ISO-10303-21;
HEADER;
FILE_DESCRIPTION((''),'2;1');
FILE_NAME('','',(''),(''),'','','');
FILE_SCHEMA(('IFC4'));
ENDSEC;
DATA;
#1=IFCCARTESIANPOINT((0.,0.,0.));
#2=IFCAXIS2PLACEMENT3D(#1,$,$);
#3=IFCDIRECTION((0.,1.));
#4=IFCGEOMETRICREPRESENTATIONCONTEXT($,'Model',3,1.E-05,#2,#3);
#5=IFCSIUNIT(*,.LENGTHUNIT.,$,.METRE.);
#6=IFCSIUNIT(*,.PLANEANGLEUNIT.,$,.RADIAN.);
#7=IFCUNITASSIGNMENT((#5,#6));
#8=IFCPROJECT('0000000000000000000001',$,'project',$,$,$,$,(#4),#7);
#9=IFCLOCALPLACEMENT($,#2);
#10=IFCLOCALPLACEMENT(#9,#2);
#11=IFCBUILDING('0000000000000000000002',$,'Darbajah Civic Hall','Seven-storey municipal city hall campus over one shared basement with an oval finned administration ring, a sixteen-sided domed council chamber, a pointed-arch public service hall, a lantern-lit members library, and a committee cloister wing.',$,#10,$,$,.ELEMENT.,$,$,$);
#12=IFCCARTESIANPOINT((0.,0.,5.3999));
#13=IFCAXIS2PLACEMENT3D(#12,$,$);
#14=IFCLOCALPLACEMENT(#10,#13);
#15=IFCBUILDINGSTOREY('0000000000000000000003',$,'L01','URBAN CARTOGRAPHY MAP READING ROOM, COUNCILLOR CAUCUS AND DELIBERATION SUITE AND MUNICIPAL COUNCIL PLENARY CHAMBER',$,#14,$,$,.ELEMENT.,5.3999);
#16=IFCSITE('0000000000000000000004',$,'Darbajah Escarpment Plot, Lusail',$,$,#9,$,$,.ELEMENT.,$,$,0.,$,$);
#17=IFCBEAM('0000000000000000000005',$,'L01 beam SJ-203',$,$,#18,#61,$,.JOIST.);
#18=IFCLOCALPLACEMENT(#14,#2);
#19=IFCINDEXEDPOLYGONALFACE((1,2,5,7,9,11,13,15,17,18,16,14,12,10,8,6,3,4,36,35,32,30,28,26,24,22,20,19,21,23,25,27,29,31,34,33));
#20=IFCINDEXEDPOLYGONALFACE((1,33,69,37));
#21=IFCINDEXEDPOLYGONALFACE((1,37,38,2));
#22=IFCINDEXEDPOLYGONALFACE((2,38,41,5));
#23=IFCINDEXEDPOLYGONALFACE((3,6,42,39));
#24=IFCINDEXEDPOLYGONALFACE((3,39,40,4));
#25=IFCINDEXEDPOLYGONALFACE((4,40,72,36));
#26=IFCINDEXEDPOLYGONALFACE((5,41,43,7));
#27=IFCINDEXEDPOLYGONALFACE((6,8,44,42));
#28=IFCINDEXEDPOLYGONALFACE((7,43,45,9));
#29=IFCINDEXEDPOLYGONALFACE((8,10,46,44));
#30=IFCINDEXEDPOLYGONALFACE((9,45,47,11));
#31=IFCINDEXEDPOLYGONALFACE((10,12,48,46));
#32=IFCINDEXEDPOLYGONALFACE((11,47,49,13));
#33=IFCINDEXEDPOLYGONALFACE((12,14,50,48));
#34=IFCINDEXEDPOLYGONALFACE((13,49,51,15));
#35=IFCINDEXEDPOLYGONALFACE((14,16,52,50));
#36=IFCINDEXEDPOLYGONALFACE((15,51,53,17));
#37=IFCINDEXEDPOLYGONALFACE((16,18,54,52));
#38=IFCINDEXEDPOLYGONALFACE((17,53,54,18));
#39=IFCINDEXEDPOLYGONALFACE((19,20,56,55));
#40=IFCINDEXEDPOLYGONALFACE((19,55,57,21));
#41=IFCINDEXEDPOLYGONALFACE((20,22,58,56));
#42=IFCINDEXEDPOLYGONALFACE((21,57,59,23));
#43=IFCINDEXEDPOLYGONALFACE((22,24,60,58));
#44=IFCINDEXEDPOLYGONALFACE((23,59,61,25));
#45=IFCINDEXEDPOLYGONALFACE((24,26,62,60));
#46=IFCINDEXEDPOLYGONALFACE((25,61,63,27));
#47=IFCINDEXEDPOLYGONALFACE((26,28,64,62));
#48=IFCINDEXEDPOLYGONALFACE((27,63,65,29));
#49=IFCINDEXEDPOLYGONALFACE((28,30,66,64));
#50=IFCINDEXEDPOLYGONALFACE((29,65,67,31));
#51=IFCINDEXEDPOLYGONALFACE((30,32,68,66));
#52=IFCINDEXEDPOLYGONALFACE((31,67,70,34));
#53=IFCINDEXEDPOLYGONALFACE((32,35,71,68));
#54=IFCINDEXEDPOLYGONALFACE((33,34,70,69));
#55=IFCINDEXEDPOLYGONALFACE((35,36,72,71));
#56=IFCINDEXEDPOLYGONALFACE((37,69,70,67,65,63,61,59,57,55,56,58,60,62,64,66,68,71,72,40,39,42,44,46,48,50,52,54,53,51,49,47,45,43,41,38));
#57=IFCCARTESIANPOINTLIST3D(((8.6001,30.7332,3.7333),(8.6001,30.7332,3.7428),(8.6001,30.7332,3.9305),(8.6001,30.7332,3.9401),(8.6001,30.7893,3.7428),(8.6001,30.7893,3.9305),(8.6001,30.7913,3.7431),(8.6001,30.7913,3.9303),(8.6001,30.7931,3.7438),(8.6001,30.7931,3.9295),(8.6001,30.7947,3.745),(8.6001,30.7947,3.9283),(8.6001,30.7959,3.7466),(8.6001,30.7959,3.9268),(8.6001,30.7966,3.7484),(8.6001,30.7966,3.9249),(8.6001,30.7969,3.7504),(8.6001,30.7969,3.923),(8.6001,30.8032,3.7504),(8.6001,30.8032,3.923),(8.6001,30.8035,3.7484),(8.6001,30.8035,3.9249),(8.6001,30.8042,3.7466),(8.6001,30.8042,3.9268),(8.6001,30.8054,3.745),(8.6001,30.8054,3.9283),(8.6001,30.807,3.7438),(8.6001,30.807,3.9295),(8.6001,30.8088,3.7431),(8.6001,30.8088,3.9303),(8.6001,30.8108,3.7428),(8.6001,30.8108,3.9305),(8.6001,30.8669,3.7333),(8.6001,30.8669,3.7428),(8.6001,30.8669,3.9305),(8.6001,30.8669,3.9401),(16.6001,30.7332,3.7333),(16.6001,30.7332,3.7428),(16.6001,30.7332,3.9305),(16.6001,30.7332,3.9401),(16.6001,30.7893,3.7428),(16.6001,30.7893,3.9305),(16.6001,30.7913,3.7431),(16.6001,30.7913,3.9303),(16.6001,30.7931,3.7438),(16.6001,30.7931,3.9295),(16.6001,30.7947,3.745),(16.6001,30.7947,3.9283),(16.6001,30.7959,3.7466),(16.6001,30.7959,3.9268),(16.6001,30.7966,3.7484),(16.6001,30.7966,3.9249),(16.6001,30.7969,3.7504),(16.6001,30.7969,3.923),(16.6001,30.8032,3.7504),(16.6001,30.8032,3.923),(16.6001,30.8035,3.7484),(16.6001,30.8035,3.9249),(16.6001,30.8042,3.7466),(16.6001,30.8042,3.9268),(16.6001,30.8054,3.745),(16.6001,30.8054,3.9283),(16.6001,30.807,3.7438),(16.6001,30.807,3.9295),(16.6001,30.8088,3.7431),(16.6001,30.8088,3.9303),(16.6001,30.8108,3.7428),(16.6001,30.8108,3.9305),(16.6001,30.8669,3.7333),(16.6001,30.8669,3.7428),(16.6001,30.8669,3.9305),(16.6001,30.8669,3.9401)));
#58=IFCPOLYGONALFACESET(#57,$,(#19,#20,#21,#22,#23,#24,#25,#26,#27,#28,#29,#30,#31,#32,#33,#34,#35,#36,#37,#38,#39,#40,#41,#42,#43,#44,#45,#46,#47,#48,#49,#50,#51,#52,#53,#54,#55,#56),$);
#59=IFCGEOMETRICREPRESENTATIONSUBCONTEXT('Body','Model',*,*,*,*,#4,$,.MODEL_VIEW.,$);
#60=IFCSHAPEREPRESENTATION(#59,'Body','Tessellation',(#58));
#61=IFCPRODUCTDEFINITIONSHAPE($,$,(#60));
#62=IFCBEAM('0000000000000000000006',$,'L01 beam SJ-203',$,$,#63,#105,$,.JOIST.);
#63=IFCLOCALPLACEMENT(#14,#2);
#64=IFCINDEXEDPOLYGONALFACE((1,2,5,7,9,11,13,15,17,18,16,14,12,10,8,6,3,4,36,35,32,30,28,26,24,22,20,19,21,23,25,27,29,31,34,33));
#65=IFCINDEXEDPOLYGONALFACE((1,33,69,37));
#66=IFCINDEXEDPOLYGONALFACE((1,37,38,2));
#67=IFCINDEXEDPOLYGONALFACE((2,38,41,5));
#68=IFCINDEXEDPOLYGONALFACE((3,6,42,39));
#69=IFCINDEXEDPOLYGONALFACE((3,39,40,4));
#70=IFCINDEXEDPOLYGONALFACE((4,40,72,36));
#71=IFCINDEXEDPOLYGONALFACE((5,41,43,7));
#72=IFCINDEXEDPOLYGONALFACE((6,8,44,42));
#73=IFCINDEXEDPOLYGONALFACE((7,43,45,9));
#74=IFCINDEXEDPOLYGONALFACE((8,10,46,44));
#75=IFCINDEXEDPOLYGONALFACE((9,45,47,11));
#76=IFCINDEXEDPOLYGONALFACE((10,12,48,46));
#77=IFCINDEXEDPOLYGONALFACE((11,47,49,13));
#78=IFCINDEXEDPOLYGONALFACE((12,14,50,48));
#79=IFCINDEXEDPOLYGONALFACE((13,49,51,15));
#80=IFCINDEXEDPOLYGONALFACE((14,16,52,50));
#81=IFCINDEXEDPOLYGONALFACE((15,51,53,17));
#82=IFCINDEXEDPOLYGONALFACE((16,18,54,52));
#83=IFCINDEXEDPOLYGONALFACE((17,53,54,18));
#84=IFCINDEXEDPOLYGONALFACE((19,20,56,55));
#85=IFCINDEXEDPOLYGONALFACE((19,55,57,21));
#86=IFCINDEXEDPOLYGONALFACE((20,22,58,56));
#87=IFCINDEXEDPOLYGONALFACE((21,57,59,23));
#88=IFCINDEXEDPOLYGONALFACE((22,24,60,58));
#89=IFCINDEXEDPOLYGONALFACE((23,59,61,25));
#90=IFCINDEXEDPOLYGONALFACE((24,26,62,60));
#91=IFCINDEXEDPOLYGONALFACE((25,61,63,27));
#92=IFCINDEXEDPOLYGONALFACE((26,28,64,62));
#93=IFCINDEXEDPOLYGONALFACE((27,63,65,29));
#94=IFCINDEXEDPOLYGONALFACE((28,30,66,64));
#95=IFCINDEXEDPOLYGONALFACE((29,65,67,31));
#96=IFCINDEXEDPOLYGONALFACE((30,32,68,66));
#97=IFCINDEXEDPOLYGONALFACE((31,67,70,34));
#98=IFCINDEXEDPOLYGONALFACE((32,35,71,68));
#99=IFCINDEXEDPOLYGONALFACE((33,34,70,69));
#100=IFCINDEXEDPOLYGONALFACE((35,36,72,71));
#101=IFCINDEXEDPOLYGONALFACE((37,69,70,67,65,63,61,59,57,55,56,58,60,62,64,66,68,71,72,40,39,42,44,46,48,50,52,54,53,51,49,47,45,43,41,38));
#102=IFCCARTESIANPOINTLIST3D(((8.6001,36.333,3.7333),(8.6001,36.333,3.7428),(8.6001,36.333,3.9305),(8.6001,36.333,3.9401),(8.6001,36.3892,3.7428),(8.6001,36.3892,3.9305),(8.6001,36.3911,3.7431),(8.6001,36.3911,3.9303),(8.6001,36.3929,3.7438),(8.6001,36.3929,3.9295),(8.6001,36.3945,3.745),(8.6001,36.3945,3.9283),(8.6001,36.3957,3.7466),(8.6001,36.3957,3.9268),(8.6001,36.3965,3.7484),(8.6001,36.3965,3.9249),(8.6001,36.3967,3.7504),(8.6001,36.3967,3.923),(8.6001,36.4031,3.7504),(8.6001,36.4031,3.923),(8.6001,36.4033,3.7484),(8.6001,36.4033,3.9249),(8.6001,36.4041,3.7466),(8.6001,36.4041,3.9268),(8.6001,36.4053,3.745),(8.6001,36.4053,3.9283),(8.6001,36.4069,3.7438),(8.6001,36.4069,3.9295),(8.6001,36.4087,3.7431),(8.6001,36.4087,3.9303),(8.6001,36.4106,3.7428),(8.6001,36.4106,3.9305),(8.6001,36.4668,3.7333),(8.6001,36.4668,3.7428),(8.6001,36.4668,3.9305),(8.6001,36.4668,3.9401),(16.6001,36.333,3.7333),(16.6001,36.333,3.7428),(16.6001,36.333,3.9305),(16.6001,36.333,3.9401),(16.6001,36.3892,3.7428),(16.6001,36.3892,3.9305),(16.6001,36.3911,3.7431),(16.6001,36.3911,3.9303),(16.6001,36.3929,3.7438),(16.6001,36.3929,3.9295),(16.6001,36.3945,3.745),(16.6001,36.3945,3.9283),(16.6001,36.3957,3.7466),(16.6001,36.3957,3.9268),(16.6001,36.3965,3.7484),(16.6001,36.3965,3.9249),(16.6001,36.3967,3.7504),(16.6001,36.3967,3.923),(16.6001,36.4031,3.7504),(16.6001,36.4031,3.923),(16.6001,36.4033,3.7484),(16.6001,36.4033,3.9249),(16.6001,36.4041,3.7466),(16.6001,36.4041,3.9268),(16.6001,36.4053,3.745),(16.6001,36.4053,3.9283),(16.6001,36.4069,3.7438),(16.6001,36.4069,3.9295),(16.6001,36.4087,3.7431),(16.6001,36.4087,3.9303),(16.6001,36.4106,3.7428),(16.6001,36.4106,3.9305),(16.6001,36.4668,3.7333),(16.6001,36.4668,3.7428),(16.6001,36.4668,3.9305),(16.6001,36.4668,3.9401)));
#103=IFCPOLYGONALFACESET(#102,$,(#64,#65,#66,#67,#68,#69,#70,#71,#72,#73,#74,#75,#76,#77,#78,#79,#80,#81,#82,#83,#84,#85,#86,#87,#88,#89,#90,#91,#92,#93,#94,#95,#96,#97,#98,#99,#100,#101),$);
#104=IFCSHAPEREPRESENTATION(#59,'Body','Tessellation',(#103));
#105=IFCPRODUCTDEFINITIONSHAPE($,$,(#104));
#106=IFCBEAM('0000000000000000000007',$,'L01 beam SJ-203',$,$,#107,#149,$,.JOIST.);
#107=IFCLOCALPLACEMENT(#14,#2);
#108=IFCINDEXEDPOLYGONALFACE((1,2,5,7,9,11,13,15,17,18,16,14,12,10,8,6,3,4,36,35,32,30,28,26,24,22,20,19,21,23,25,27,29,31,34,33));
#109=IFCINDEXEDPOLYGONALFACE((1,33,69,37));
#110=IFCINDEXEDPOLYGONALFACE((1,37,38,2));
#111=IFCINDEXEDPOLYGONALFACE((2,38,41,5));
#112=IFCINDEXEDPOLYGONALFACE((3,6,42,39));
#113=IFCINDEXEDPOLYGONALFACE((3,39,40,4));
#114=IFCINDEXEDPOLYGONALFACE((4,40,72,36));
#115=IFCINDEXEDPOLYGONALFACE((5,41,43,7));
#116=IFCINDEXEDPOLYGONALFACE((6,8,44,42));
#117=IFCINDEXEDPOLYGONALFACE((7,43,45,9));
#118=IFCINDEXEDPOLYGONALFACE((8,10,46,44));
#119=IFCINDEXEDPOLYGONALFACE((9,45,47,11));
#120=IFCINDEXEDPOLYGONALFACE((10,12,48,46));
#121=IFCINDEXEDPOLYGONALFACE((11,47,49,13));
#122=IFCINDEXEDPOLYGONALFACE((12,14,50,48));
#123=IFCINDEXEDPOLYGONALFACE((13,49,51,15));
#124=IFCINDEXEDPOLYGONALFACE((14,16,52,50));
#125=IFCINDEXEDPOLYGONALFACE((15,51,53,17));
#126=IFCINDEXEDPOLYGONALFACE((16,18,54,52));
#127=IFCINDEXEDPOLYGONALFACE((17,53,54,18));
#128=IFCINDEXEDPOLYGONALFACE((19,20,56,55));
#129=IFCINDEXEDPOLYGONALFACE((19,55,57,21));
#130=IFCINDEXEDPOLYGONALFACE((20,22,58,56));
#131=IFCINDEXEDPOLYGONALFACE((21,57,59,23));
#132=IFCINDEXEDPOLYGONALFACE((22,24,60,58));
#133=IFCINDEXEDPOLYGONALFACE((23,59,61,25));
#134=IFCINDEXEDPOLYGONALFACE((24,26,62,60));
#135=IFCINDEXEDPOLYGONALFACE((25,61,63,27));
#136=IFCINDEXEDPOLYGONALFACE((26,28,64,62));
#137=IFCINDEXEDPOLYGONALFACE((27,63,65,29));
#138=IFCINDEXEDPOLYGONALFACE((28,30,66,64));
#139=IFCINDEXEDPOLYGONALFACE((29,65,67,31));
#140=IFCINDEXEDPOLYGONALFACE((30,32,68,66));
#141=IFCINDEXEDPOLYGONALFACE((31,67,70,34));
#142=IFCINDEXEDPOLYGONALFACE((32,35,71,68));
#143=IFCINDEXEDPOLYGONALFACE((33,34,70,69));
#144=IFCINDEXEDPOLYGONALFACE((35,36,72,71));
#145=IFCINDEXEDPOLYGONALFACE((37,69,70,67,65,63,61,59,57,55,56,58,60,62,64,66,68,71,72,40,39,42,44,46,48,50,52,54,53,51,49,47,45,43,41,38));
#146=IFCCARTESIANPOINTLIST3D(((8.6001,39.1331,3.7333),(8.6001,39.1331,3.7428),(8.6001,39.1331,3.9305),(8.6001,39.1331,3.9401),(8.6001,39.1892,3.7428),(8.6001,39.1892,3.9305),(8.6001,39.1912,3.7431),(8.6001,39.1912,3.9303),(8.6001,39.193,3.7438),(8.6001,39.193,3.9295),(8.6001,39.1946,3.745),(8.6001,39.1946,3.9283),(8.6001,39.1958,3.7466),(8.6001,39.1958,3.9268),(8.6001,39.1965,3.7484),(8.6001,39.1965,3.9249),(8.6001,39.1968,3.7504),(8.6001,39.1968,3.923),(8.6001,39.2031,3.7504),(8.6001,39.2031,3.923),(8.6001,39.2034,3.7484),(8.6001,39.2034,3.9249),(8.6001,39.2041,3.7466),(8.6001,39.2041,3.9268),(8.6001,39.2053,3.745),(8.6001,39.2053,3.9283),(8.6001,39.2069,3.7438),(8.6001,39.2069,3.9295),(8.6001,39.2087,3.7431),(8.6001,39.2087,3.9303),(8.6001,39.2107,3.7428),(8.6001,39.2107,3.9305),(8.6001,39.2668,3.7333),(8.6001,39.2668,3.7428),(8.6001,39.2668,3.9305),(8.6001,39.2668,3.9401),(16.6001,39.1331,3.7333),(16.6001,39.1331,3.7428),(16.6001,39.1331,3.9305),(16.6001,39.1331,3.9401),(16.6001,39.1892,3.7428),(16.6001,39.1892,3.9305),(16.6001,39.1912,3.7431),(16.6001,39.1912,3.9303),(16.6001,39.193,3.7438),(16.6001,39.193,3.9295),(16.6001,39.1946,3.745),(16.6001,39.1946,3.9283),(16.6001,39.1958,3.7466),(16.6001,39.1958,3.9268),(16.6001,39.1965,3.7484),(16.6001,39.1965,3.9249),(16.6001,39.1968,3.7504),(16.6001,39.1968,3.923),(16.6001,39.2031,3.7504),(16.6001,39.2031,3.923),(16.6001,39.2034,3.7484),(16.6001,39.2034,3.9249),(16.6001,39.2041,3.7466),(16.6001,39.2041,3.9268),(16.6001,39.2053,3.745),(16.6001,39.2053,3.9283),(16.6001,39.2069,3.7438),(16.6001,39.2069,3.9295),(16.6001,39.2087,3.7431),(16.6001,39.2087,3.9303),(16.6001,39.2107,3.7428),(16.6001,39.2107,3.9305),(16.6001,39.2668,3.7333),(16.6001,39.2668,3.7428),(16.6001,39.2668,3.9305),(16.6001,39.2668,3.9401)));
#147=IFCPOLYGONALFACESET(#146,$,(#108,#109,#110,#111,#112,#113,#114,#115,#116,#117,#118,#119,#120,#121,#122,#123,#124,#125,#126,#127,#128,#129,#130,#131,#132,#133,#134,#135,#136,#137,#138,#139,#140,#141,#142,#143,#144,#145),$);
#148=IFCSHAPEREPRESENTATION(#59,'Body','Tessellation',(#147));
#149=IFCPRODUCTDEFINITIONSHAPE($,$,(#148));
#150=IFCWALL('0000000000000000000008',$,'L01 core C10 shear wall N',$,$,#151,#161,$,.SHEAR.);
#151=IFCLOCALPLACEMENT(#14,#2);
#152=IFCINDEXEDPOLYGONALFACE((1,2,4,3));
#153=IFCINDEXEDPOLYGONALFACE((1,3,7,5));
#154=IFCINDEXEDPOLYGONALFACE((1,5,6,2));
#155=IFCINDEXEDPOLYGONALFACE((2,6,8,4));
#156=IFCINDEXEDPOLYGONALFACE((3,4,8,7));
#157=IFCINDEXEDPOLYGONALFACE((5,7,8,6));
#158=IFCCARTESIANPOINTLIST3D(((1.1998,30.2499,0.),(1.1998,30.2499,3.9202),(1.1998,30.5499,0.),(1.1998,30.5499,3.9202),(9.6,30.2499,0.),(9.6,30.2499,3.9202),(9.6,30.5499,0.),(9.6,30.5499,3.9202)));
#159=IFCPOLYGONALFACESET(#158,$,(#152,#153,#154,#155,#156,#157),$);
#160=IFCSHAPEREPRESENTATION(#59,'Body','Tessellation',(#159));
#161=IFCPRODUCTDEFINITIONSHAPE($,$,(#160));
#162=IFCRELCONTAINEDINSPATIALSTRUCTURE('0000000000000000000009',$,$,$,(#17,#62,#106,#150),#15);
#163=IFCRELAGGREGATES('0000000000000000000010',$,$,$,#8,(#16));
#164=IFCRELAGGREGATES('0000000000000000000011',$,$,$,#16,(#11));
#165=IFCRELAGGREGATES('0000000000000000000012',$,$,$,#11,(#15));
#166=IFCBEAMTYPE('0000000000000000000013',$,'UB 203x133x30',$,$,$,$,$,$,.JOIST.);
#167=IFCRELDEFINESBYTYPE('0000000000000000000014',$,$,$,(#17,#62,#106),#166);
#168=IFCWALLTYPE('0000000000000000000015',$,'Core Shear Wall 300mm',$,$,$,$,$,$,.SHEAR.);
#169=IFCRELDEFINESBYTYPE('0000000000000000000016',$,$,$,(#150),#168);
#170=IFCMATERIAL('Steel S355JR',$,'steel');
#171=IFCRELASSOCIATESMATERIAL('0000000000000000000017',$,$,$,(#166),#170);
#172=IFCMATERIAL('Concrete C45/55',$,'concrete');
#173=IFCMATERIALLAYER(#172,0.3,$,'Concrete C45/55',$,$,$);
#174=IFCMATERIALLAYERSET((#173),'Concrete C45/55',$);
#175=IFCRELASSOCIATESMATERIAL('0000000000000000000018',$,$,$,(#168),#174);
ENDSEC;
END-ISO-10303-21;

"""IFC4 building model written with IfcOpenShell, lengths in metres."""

from ifc_helpers import new_model, si_unit, direction, frame, frame_2d, origin, origin_2d, place, context, subcontext, project, spatial, rectangle, i_section, extrude, material, layer, layer_set, material_profile, profile_set, type_object, element, save


model = new_model("IFC4")

# Units and contexts
model_context = context("Model", 3, precision=1e-05, world=origin(), true_north=direction((0.0, 1.0)))
body_context = subcontext(model_context, "Body", "Model", "MODEL_VIEW")
ifc_project = project(units=[si_unit("LENGTHUNIT", "METRE"), si_unit("PLANEANGLEUNIT", "RADIAN")], contexts=[model_context])

# Site, building, storey
site_placement = place(None, origin())
site = spatial("IfcSite", under=ifc_project, at=site_placement, Name="Darbajah Escarpment Plot, Lusail", CompositionType="ELEMENT", RefElevation=0.0)
building_placement = place(site_placement, origin())
building = spatial("IfcBuilding", under=site, at=building_placement, Name="Darbajah Civic Hall", Description="Seven-storey municipal city hall campus over one shared basement with an oval finned administration ring, a sixteen-sided domed council chamber, a pointed-arch public service hall, a lantern-lit members library, and a committee cloister wing.", CompositionType="ELEMENT")
storey_placement = place(building_placement, frame((0.0, 0.0, 5.3999)))
storey = spatial("IfcBuildingStorey", under=building, at=storey_placement, Name="L01", Description="URBAN CARTOGRAPHY MAP READING ROOM, COUNCILLOR CAUCUS AND DELIBERATION SUITE AND MUNICIPAL COUNCIL PLENARY CHAMBER", CompositionType="ELEMENT", Elevation=5.3999)

# Shared definitions
ifc_material_1 = material(Name="Concrete C45/55", Category="concrete")

# Beams
ifc_material_2 = material(Name="Steel S355JR", Category="steel")
ifc_material_profile_1 = material_profile(ifc_material_2, i_section(OverallWidth=0.1338, OverallDepth=0.2068, WebThickness=0.0063, FlangeThickness=0.0095, FilletRadius=0.0076, at=origin_2d()), Name="UB 203x133x30")
ifc_profile_set_1 = profile_set([ifc_material_profile_1], Name="Steel S355JR")
beam_type_1 = type_object("IfcBeamType", Name="UB 203x133x30", PredefinedType="JOIST", material=ifc_profile_set_1)
for number, where, z_axis, x_axis, name in (
    (1, (8.6001, 30.8, 3.8367), (1.0, 0.0, 0.0), (0.0, 1.0, 0.0), "L01 beam SJ-203"),
    (2, (8.6001, 36.3999, 3.8367), (1.0, 0.0, 0.0), (0.0, 1.0, 0.0), "L01 beam SJ-203"),
    (3, (8.6001, 39.2, 3.8367), (1.0, 0.0, 0.0), (0.0, 1.0, 0.0), "L01 beam SJ-203"),
):
    element("IfcBeam", number, at=place(storey_placement, frame(where, z_axis=z_axis, x_axis=x_axis)), inside=storey, type_object=beam_type_1, Name=name, PredefinedType="JOIST", context=body_context, shape_type="SweptSolid", body=[
        extrude(i_section(OverallWidth=0.1338, OverallDepth=0.2068, WebThickness=0.0063, FlangeThickness=0.0095, FilletRadius=0.0076, at=origin_2d()), origin(), (0.0, 0.0, 1.0), 8.0),
    ])

# Wall
ifc_layer_1 = layer(ifc_material_1, 0.3, Name="Concrete C45/55")
ifc_layer_set_1 = layer_set([ifc_layer_1], Name="Concrete C45/55")
wall_type_1 = type_object("IfcWallType", Name="Core Shear Wall 300mm", PredefinedType="SHEAR", material=ifc_layer_set_1)
wall_1_placement = place(storey_placement, frame((9.6001, 30.3999, 0.0), z_axis=(0.0, 0.0, 1.0), x_axis=(-1.0, 0.0, 0.0)))
element("IfcWall", 4, at=wall_1_placement, inside=storey, type_object=wall_type_1, Name="L01 core C10 shear wall N", PredefinedType="SHEAR", context=body_context, shape_type="SweptSolid", body=[
    extrude(rectangle(XDim=8.4001, YDim=0.3, at=frame_2d((4.2002, 0.0))), origin(), (0.0, 0.0, 1.0), 3.9202),
])

save(model, "model.ifc")
